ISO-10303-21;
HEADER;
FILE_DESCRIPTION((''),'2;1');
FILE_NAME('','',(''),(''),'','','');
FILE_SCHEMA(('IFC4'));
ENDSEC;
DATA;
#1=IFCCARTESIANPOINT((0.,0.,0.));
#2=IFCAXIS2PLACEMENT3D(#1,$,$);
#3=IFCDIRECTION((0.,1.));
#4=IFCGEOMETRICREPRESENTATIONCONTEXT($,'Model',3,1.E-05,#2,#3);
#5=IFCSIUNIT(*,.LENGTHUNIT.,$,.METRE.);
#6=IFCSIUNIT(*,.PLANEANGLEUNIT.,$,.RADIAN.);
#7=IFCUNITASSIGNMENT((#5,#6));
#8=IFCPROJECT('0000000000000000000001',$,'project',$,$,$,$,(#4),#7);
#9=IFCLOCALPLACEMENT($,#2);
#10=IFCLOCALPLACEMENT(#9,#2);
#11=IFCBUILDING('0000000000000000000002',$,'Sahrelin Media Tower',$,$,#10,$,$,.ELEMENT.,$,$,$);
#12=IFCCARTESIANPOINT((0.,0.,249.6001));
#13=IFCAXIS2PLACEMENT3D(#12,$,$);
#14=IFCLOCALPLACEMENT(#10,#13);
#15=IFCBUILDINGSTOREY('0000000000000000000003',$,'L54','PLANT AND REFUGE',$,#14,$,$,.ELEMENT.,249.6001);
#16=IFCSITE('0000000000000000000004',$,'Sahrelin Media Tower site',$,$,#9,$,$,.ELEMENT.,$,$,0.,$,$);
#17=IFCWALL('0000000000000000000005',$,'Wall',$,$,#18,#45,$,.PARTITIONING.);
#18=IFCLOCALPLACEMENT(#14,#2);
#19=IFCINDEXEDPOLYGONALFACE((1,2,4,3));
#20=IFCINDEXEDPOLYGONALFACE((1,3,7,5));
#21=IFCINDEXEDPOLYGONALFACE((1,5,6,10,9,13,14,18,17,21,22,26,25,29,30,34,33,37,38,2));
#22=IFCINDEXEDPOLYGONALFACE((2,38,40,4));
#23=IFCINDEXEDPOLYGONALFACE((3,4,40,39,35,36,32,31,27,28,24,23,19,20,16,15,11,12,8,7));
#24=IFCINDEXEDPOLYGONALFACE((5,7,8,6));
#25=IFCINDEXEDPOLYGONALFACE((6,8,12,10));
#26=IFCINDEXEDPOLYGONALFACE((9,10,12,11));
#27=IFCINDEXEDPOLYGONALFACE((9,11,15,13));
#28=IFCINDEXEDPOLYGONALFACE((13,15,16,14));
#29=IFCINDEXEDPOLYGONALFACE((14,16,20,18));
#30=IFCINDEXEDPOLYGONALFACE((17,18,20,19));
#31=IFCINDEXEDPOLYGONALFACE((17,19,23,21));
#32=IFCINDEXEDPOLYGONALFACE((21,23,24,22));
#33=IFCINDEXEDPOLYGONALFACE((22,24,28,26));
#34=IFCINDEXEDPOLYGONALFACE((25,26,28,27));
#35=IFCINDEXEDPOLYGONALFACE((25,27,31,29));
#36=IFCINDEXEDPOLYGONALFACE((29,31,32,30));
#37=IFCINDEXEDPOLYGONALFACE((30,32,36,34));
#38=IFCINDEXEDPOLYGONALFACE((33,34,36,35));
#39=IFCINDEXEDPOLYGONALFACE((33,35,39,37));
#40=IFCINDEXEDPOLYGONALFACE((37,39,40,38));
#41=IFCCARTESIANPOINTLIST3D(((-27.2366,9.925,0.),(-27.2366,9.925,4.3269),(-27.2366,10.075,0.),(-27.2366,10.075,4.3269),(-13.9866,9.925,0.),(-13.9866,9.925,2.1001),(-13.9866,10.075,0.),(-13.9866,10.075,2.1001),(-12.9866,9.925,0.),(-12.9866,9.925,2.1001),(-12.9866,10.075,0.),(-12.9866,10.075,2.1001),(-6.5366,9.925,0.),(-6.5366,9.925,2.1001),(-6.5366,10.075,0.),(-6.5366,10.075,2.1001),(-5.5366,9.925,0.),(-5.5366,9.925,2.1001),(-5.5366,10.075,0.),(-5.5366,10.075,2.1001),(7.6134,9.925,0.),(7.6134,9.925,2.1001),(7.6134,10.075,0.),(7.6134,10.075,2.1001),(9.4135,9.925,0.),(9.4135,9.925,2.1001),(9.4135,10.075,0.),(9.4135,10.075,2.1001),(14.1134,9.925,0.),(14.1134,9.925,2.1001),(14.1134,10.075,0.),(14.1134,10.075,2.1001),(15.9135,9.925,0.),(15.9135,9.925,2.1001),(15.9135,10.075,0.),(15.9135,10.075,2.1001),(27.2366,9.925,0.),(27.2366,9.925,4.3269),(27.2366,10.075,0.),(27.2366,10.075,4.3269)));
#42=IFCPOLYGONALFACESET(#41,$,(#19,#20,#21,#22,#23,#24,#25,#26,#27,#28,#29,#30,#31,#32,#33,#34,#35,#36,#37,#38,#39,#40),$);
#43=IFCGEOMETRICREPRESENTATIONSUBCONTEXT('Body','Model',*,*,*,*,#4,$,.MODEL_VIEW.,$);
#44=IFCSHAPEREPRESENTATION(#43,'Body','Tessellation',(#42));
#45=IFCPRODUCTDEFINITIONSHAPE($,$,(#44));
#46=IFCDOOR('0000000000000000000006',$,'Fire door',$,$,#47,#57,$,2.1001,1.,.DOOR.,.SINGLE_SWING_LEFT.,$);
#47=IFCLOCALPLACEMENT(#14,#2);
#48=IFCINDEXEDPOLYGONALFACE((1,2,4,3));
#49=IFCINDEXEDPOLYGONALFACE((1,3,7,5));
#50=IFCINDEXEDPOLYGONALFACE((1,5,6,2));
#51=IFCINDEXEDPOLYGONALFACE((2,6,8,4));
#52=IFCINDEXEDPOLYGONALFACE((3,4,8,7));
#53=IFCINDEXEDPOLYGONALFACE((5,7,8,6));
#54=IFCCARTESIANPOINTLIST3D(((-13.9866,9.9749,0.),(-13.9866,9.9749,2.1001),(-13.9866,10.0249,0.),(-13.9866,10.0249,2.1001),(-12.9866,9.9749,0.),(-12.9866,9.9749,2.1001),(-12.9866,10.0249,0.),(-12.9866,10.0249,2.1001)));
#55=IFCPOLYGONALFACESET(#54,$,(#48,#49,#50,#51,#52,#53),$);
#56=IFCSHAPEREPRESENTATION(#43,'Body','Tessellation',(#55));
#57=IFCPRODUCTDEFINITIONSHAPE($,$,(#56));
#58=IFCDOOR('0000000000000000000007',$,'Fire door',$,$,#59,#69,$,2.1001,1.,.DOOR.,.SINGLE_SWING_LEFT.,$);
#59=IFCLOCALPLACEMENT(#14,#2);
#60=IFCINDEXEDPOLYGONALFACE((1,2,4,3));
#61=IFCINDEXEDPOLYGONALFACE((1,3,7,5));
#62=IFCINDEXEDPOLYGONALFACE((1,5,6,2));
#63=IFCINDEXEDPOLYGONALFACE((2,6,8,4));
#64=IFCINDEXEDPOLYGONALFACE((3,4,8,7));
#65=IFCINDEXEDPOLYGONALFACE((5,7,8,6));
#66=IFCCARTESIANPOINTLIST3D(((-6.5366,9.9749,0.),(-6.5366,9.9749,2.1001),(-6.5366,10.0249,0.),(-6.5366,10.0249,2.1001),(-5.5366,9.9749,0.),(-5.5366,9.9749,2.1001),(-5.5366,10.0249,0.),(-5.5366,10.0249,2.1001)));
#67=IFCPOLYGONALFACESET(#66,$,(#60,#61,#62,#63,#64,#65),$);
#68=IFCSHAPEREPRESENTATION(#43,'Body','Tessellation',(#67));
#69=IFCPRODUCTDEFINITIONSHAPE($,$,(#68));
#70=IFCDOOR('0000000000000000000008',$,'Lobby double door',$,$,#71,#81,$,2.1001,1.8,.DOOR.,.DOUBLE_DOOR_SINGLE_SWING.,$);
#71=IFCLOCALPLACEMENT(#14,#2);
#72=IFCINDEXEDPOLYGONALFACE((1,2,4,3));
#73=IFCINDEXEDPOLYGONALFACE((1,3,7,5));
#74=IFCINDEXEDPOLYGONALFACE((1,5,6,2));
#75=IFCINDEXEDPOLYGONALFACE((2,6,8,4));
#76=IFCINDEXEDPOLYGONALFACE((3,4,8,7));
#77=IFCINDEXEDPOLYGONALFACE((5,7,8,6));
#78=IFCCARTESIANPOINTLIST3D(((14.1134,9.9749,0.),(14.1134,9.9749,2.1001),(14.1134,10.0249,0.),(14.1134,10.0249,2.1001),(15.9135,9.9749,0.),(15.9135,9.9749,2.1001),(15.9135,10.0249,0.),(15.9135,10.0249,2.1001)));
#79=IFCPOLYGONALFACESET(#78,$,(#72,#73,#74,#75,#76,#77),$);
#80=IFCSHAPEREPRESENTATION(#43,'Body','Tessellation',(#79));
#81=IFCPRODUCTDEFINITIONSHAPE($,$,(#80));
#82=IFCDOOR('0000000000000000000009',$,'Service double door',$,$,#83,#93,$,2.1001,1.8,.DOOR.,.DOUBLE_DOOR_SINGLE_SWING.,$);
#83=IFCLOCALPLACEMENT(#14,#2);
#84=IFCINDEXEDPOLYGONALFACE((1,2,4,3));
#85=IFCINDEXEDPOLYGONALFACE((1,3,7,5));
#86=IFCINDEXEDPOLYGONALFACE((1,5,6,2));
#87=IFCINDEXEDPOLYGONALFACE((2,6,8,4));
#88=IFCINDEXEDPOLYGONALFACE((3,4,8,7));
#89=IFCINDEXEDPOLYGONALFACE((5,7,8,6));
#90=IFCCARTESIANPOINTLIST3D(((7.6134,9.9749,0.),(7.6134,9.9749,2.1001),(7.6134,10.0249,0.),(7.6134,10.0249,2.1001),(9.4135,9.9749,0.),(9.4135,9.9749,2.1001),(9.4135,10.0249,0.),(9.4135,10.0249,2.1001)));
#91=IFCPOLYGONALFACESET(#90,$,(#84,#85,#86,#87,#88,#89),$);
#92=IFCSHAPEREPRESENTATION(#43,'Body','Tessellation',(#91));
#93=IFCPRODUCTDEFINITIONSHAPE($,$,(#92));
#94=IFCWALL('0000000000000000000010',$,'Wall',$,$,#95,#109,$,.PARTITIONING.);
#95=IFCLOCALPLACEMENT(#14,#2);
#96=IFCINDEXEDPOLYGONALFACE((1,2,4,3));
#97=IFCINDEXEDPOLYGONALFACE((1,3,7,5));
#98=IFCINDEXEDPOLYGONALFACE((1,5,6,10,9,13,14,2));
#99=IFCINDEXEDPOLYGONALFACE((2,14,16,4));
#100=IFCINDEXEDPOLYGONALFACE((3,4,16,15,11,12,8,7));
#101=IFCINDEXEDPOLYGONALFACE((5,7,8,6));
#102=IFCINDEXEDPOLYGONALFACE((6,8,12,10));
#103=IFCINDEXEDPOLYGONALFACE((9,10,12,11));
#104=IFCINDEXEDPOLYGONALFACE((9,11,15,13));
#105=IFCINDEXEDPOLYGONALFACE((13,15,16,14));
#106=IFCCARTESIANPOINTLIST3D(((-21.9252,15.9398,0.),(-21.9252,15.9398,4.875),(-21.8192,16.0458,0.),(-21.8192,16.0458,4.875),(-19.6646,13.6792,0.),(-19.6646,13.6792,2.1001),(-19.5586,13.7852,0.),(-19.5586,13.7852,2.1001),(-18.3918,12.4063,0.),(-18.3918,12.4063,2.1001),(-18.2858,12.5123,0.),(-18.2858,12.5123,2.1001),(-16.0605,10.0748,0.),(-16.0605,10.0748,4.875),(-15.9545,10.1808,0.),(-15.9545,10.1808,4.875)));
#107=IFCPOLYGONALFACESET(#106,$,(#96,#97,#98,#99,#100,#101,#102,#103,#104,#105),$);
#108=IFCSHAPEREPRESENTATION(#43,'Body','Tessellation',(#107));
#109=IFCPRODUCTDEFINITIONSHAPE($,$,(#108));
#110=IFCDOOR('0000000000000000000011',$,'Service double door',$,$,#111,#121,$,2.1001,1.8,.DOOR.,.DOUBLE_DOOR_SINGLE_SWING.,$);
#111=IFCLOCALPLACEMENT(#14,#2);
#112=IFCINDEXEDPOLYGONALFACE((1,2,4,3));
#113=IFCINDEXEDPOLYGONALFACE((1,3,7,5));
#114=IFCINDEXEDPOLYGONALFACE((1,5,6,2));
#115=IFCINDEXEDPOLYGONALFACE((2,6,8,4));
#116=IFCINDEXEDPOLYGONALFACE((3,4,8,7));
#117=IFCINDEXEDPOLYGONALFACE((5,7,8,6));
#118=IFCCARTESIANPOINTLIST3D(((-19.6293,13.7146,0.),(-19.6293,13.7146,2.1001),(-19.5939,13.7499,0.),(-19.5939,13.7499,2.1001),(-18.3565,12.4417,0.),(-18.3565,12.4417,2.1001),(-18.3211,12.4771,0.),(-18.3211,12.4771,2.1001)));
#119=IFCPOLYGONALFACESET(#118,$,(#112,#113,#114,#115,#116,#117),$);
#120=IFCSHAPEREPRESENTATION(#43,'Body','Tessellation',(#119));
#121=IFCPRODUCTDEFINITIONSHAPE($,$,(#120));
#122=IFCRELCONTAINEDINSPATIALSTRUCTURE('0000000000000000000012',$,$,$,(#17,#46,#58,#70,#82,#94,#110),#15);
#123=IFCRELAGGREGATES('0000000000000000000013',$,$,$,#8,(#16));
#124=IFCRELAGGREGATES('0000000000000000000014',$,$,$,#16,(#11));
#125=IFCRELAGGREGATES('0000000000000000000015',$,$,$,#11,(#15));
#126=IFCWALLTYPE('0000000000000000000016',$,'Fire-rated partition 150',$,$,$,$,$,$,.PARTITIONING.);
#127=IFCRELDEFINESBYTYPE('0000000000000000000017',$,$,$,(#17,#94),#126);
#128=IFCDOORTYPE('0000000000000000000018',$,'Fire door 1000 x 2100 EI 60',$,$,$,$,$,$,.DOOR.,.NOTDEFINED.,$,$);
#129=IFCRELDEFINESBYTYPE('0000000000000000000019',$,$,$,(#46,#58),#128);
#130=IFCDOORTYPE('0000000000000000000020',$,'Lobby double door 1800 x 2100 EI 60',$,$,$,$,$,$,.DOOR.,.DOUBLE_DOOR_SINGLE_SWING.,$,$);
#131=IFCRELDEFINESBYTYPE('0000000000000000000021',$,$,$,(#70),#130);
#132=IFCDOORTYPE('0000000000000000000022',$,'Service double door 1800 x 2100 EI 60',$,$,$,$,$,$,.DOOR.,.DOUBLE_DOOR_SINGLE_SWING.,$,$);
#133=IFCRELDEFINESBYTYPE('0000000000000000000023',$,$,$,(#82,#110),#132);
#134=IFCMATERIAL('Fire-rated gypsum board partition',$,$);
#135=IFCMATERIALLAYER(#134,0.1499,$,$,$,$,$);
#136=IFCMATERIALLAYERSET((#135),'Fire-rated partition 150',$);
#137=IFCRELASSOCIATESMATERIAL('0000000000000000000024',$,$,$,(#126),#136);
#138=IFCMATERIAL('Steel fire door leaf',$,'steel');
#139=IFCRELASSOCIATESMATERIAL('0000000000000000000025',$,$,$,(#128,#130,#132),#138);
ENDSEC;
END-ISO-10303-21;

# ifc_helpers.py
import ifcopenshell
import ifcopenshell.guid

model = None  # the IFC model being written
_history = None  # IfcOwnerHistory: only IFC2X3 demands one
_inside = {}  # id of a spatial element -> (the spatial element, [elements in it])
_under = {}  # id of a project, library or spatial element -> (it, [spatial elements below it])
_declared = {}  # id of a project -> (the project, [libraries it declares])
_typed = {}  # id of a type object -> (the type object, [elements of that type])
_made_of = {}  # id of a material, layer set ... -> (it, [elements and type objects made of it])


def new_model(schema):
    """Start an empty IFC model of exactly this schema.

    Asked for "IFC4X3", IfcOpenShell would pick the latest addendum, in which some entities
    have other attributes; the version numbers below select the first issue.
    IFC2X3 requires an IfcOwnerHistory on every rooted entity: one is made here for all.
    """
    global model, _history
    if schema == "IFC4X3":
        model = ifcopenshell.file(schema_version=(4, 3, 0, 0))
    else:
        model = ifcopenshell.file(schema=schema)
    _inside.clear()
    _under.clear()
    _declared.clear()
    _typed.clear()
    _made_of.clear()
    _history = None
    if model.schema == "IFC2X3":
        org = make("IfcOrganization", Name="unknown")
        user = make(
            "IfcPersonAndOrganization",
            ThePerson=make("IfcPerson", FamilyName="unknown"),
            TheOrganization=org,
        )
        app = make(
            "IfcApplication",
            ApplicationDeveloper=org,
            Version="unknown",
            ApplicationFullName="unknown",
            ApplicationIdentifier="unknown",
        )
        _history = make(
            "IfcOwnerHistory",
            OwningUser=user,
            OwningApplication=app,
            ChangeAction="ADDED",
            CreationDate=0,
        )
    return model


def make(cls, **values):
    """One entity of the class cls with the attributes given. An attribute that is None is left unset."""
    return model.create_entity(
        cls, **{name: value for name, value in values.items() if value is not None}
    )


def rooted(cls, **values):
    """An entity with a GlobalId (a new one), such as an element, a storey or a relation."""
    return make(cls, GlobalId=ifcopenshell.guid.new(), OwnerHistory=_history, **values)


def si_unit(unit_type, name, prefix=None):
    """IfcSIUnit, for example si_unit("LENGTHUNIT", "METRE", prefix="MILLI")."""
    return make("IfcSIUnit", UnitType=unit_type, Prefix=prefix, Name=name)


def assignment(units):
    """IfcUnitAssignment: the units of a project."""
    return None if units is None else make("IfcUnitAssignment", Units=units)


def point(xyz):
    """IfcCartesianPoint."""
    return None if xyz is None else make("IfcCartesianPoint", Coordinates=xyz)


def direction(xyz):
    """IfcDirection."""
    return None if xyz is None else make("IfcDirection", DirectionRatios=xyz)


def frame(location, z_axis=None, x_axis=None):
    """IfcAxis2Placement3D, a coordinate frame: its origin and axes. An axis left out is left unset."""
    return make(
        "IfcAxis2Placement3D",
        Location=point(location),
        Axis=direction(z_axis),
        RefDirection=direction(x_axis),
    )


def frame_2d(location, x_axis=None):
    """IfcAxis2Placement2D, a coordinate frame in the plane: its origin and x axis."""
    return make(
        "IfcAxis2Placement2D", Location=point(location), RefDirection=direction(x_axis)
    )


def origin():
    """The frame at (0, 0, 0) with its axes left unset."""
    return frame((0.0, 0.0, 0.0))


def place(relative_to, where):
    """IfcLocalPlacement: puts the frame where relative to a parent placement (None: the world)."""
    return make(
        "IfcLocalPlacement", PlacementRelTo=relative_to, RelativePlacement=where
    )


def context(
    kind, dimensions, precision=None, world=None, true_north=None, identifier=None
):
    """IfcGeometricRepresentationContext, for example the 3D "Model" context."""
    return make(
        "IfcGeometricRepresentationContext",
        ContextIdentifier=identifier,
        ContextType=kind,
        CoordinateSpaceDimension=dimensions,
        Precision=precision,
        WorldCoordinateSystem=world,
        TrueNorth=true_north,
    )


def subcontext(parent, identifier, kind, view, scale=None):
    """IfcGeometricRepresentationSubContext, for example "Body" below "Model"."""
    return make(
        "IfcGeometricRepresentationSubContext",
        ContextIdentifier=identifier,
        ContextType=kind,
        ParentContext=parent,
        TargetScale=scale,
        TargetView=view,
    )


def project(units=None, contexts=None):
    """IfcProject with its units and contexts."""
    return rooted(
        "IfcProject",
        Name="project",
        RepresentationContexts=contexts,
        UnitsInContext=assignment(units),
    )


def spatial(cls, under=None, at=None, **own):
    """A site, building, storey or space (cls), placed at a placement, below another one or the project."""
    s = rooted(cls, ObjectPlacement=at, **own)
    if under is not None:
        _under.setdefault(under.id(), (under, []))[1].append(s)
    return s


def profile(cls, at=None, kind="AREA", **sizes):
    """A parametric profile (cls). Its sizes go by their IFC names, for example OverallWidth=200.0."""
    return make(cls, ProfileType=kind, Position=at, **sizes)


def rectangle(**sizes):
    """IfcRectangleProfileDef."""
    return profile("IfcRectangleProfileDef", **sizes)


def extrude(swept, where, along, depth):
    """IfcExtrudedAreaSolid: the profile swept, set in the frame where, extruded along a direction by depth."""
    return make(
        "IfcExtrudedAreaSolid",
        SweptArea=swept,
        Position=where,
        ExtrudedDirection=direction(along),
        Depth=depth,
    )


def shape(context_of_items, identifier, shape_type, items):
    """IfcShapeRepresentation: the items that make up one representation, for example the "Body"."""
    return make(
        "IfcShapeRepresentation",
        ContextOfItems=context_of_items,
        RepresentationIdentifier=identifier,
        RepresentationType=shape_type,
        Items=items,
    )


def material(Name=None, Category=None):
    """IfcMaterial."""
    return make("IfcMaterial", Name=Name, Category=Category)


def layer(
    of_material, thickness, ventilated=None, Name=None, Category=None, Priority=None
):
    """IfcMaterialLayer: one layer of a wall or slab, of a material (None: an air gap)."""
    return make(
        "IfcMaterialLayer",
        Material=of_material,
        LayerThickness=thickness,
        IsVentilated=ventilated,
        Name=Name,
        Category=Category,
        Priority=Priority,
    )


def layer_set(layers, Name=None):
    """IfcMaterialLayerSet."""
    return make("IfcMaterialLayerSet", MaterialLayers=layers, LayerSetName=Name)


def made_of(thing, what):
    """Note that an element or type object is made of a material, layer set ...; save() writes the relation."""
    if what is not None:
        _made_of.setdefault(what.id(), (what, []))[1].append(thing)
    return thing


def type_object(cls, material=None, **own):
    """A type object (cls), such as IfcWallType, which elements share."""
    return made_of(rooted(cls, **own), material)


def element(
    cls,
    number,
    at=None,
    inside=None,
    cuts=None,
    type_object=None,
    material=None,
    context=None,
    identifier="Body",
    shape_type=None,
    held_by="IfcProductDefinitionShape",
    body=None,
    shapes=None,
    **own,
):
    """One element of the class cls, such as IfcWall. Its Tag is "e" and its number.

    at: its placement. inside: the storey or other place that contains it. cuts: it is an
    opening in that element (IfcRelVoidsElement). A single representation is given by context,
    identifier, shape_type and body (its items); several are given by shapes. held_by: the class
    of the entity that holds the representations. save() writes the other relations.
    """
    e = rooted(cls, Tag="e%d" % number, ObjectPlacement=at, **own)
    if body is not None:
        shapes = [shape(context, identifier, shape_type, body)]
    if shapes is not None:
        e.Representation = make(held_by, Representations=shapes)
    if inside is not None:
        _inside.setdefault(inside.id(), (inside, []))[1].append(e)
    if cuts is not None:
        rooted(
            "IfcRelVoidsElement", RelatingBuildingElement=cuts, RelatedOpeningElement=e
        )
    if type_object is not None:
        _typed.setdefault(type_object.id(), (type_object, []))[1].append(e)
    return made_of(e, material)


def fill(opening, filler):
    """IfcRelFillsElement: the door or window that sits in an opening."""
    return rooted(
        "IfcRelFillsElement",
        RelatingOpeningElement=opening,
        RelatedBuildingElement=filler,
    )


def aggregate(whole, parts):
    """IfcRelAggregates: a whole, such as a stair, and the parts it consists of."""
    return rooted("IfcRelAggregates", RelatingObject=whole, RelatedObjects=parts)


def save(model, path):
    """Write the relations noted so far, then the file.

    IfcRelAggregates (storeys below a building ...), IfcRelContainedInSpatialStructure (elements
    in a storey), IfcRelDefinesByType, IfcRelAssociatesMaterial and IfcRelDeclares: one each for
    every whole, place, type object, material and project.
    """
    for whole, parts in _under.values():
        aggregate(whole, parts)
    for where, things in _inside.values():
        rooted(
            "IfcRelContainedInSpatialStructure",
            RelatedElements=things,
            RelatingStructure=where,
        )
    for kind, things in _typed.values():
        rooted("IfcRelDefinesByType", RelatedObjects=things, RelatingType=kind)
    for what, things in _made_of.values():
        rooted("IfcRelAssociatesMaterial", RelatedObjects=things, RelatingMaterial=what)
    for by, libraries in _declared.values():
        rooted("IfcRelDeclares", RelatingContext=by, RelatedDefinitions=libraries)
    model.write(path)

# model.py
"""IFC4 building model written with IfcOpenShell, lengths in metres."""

from ifc_helpers import new_model, si_unit, direction, frame, frame_2d, origin, place, context, subcontext, project, spatial, rectangle, extrude, material, layer, layer_set, type_object, element, fill, save


model = new_model("IFC4")

# Units and contexts
model_context = context("Model", 3, precision=1e-05, world=origin(), true_north=direction((0.0, 1.0)))
body_context = subcontext(model_context, "Body", "Model", "MODEL_VIEW")
ifc_project = project(units=[si_unit("LENGTHUNIT", "METRE"), si_unit("PLANEANGLEUNIT", "RADIAN")], contexts=[model_context])

# Site, building, storey
site_placement = place(None, origin())
site = spatial("IfcSite", under=ifc_project, at=site_placement, Name="Sahrelin Media Tower site", CompositionType="ELEMENT", RefElevation=0.0)
building_placement = place(site_placement, origin())
building = spatial("IfcBuilding", under=site, at=building_placement, Name="Sahrelin Media Tower", CompositionType="ELEMENT")
storey_placement = place(building_placement, frame((0.0, 0.0, 249.6001)))
storey = spatial("IfcBuildingStorey", under=building, at=storey_placement, Name="L54", Description="PLANT AND REFUGE", CompositionType="ELEMENT", Elevation=249.6001)

# Shared definitions
ifc_material_1 = material(Name="Fire-rated gypsum board partition")
ifc_layer = layer(ifc_material_1, 0.1499)
ifc_layer_set = layer_set([ifc_layer], Name="Fire-rated partition 150")
wall_type = type_object("IfcWallType", Name="Fire-rated partition 150", PredefinedType="PARTITIONING", material=ifc_layer_set)

# Wall, openings, doors
wall_1_placement = place(storey_placement, frame((-27.2366, 10.0, 0.0), z_axis=(0.0, 0.0, 1.0), x_axis=(1.0, 0.0, 0.0)))
wall_1 = element("IfcWall", 1, at=wall_1_placement, inside=storey, type_object=wall_type, Name="Wall", PredefinedType="PARTITIONING", context=body_context, shape_type="SweptSolid", body=[
    extrude(rectangle(XDim=54.4731, YDim=0.1499, at=frame_2d((27.2366, 0.0))), origin(), (0.0, 0.0, 1.0), 4.3269),
])
opening_1_placement = place(wall_1_placement, frame((13.25, 0.0, 0.0)))
opening_1 = element("IfcOpeningElement", 2, at=opening_1_placement, cuts=wall_1, PredefinedType="OPENING", context=body_context, shape_type="SweptSolid", body=[
    extrude(rectangle(XDim=1.0, YDim=2.1001, at=frame_2d((0.5, 1.05))), frame((0.0, 0.075, 0.0), z_axis=(0.0, -1.0, 0.0), x_axis=(1.0, 0.0, 0.0)), (0.0, 0.0, 1.0), 0.1499),
])
opening_2_placement = place(wall_1_placement, frame((20.7, 0.0, 0.0)))
opening_2 = element("IfcOpeningElement", 3, at=opening_2_placement, cuts=wall_1, PredefinedType="OPENING", context=body_context, shape_type="SweptSolid", body=[
    extrude(rectangle(XDim=1.0, YDim=2.1001, at=frame_2d((0.5, 1.05))), frame((0.0, 0.075, 0.0), z_axis=(0.0, -1.0, 0.0), x_axis=(1.0, 0.0, 0.0)), (0.0, 0.0, 1.0), 0.1499),
])
opening_3_placement = place(wall_1_placement, frame((41.3501, 0.0, 0.0)))
opening_3 = element("IfcOpeningElement", 4, at=opening_3_placement, cuts=wall_1, PredefinedType="OPENING", context=body_context, shape_type="SweptSolid", body=[
    extrude(rectangle(XDim=1.8, YDim=2.1001, at=frame_2d((0.8999, 1.05))), frame((0.0, 0.075, 0.0), z_axis=(0.0, -1.0, 0.0), x_axis=(1.0, 0.0, 0.0)), (0.0, 0.0, 1.0), 0.1499),
])
opening_4_placement = place(wall_1_placement, frame((34.8501, 0.0, 0.0)))
opening_4 = element("IfcOpeningElement", 5, at=opening_4_placement, cuts=wall_1, PredefinedType="OPENING", context=body_context, shape_type="SweptSolid", body=[
    extrude(rectangle(XDim=1.8, YDim=2.1001, at=frame_2d((0.8999, 1.05))), frame((0.0, 0.075, 0.0), z_axis=(0.0, -1.0, 0.0), x_axis=(1.0, 0.0, 0.0)), (0.0, 0.0, 1.0), 0.1499),
])
ifc_material_2 = material(Name="Steel fire door leaf", Category="steel")
door_type_1 = type_object("IfcDoorType", Name="Fire door 1000 x 2100 EI 60", OperationType="NOTDEFINED", PredefinedType="DOOR", material=ifc_material_2)
door_1_placement = place(opening_1_placement, origin())
door_1 = element("IfcDoor", 6, at=door_1_placement, inside=storey, type_object=door_type_1, Name="Fire door", OperationType="SINGLE_SWING_LEFT", OverallHeight=2.1001, OverallWidth=1.0, PredefinedType="DOOR", context=body_context, shape_type="SweptSolid", body=[
    extrude(rectangle(XDim=1.0, YDim=2.1001, at=frame_2d((0.5, 1.05))), frame((0.0, 0.0249, 0.0), z_axis=(0.0, -1.0, 0.0), x_axis=(1.0, 0.0, 0.0)), (0.0, 0.0, 1.0), 0.05),
])
fill(opening_1, door_1)
door_2_placement = place(opening_2_placement, origin())
door_2 = element("IfcDoor", 7, at=door_2_placement, inside=storey, type_object=door_type_1, Name="Fire door", OperationType="SINGLE_SWING_LEFT", OverallHeight=2.1001, OverallWidth=1.0, PredefinedType="DOOR", context=body_context, shape_type="SweptSolid", body=[
    extrude(rectangle(XDim=1.0, YDim=2.1001, at=frame_2d((0.5, 1.05))), frame((0.0, 0.0249, 0.0), z_axis=(0.0, -1.0, 0.0), x_axis=(1.0, 0.0, 0.0)), (0.0, 0.0, 1.0), 0.05),
])
fill(opening_2, door_2)
door_type_2 = type_object("IfcDoorType", Name="Lobby double door 1800 x 2100 EI 60", OperationType="DOUBLE_DOOR_SINGLE_SWING", PredefinedType="DOOR", material=ifc_material_2)
door_3_placement = place(opening_3_placement, origin())
door_3 = element("IfcDoor", 8, at=door_3_placement, inside=storey, type_object=door_type_2, Name="Lobby double door", OperationType="DOUBLE_DOOR_SINGLE_SWING", OverallHeight=2.1001, OverallWidth=1.8, PredefinedType="DOOR", context=body_context, shape_type="SweptSolid", body=[
    extrude(rectangle(XDim=1.8, YDim=2.1001, at=frame_2d((0.8999, 1.05))), frame((0.0, 0.0249, 0.0), z_axis=(0.0, -1.0, 0.0), x_axis=(1.0, 0.0, 0.0)), (0.0, 0.0, 1.0), 0.05),
])
fill(opening_3, door_3)
door_type_3 = type_object("IfcDoorType", Name="Service double door 1800 x 2100 EI 60", OperationType="DOUBLE_DOOR_SINGLE_SWING", PredefinedType="DOOR", material=ifc_material_2)
door_4_placement = place(opening_4_placement, origin())
door_4 = element("IfcDoor", 9, at=door_4_placement, inside=storey, type_object=door_type_3, Name="Service double door", OperationType="DOUBLE_DOOR_SINGLE_SWING", OverallHeight=2.1001, OverallWidth=1.8, PredefinedType="DOOR", context=body_context, shape_type="SweptSolid", body=[
    extrude(rectangle(XDim=1.8, YDim=2.1001, at=frame_2d((0.8999, 1.05))), frame((0.0, 0.0249, 0.0), z_axis=(0.0, -1.0, 0.0), x_axis=(1.0, 0.0, 0.0)), (0.0, 0.0, 1.0), 0.05),
])
fill(opening_4, door_4)

# Wall, opening, door
wall_2_placement = place(storey_placement, frame((-16.0076, 10.1279, 0.0), z_axis=(0.0, 0.0, 1.0), x_axis=(-0.707092, 0.707121, 0.0)))
wall_2 = element("IfcWall", 10, at=wall_2_placement, inside=storey, type_object=wall_type, Name="Wall", PredefinedType="PARTITIONING", context=body_context, shape_type="SweptSolid", body=[
    extrude(rectangle(XDim=8.2942, YDim=0.1499, at=frame_2d((4.147, 0.0))), origin(), (0.0, 0.0, 1.0), 4.875),
])
opening_5_placement = place(wall_2_placement, frame((3.2971, 0.0, 0.0)))
opening_5 = element("IfcOpeningElement", 11, at=opening_5_placement, cuts=wall_2, PredefinedType="OPENING", context=body_context, shape_type="SweptSolid", body=[
    extrude(rectangle(XDim=1.8, YDim=2.1001, at=frame_2d((0.8999, 1.05))), frame((0.0, 0.075, 0.0), z_axis=(0.0, -1.0, 0.0), x_axis=(1.0, 0.0, 0.0)), (0.0, 0.0, 1.0), 0.1499),
])
door_5_placement = place(opening_5_placement, origin())
door_5 = element("IfcDoor", 12, at=door_5_placement, inside=storey, type_object=door_type_3, Name="Service double door", OperationType="DOUBLE_DOOR_SINGLE_SWING", OverallHeight=2.1001, OverallWidth=1.8, PredefinedType="DOOR", context=body_context, shape_type="SweptSolid", body=[
    extrude(rectangle(XDim=1.8, YDim=2.1001, at=frame_2d((0.8999, 1.05))), frame((0.0, 0.0249, 0.0), z_axis=(0.0, -1.0, 0.0), x_axis=(1.0, 0.0, 0.0)), (0.0, 0.0, 1.0), 0.05),
])
fill(opening_5, door_5)

save(model, "model.ifc")
